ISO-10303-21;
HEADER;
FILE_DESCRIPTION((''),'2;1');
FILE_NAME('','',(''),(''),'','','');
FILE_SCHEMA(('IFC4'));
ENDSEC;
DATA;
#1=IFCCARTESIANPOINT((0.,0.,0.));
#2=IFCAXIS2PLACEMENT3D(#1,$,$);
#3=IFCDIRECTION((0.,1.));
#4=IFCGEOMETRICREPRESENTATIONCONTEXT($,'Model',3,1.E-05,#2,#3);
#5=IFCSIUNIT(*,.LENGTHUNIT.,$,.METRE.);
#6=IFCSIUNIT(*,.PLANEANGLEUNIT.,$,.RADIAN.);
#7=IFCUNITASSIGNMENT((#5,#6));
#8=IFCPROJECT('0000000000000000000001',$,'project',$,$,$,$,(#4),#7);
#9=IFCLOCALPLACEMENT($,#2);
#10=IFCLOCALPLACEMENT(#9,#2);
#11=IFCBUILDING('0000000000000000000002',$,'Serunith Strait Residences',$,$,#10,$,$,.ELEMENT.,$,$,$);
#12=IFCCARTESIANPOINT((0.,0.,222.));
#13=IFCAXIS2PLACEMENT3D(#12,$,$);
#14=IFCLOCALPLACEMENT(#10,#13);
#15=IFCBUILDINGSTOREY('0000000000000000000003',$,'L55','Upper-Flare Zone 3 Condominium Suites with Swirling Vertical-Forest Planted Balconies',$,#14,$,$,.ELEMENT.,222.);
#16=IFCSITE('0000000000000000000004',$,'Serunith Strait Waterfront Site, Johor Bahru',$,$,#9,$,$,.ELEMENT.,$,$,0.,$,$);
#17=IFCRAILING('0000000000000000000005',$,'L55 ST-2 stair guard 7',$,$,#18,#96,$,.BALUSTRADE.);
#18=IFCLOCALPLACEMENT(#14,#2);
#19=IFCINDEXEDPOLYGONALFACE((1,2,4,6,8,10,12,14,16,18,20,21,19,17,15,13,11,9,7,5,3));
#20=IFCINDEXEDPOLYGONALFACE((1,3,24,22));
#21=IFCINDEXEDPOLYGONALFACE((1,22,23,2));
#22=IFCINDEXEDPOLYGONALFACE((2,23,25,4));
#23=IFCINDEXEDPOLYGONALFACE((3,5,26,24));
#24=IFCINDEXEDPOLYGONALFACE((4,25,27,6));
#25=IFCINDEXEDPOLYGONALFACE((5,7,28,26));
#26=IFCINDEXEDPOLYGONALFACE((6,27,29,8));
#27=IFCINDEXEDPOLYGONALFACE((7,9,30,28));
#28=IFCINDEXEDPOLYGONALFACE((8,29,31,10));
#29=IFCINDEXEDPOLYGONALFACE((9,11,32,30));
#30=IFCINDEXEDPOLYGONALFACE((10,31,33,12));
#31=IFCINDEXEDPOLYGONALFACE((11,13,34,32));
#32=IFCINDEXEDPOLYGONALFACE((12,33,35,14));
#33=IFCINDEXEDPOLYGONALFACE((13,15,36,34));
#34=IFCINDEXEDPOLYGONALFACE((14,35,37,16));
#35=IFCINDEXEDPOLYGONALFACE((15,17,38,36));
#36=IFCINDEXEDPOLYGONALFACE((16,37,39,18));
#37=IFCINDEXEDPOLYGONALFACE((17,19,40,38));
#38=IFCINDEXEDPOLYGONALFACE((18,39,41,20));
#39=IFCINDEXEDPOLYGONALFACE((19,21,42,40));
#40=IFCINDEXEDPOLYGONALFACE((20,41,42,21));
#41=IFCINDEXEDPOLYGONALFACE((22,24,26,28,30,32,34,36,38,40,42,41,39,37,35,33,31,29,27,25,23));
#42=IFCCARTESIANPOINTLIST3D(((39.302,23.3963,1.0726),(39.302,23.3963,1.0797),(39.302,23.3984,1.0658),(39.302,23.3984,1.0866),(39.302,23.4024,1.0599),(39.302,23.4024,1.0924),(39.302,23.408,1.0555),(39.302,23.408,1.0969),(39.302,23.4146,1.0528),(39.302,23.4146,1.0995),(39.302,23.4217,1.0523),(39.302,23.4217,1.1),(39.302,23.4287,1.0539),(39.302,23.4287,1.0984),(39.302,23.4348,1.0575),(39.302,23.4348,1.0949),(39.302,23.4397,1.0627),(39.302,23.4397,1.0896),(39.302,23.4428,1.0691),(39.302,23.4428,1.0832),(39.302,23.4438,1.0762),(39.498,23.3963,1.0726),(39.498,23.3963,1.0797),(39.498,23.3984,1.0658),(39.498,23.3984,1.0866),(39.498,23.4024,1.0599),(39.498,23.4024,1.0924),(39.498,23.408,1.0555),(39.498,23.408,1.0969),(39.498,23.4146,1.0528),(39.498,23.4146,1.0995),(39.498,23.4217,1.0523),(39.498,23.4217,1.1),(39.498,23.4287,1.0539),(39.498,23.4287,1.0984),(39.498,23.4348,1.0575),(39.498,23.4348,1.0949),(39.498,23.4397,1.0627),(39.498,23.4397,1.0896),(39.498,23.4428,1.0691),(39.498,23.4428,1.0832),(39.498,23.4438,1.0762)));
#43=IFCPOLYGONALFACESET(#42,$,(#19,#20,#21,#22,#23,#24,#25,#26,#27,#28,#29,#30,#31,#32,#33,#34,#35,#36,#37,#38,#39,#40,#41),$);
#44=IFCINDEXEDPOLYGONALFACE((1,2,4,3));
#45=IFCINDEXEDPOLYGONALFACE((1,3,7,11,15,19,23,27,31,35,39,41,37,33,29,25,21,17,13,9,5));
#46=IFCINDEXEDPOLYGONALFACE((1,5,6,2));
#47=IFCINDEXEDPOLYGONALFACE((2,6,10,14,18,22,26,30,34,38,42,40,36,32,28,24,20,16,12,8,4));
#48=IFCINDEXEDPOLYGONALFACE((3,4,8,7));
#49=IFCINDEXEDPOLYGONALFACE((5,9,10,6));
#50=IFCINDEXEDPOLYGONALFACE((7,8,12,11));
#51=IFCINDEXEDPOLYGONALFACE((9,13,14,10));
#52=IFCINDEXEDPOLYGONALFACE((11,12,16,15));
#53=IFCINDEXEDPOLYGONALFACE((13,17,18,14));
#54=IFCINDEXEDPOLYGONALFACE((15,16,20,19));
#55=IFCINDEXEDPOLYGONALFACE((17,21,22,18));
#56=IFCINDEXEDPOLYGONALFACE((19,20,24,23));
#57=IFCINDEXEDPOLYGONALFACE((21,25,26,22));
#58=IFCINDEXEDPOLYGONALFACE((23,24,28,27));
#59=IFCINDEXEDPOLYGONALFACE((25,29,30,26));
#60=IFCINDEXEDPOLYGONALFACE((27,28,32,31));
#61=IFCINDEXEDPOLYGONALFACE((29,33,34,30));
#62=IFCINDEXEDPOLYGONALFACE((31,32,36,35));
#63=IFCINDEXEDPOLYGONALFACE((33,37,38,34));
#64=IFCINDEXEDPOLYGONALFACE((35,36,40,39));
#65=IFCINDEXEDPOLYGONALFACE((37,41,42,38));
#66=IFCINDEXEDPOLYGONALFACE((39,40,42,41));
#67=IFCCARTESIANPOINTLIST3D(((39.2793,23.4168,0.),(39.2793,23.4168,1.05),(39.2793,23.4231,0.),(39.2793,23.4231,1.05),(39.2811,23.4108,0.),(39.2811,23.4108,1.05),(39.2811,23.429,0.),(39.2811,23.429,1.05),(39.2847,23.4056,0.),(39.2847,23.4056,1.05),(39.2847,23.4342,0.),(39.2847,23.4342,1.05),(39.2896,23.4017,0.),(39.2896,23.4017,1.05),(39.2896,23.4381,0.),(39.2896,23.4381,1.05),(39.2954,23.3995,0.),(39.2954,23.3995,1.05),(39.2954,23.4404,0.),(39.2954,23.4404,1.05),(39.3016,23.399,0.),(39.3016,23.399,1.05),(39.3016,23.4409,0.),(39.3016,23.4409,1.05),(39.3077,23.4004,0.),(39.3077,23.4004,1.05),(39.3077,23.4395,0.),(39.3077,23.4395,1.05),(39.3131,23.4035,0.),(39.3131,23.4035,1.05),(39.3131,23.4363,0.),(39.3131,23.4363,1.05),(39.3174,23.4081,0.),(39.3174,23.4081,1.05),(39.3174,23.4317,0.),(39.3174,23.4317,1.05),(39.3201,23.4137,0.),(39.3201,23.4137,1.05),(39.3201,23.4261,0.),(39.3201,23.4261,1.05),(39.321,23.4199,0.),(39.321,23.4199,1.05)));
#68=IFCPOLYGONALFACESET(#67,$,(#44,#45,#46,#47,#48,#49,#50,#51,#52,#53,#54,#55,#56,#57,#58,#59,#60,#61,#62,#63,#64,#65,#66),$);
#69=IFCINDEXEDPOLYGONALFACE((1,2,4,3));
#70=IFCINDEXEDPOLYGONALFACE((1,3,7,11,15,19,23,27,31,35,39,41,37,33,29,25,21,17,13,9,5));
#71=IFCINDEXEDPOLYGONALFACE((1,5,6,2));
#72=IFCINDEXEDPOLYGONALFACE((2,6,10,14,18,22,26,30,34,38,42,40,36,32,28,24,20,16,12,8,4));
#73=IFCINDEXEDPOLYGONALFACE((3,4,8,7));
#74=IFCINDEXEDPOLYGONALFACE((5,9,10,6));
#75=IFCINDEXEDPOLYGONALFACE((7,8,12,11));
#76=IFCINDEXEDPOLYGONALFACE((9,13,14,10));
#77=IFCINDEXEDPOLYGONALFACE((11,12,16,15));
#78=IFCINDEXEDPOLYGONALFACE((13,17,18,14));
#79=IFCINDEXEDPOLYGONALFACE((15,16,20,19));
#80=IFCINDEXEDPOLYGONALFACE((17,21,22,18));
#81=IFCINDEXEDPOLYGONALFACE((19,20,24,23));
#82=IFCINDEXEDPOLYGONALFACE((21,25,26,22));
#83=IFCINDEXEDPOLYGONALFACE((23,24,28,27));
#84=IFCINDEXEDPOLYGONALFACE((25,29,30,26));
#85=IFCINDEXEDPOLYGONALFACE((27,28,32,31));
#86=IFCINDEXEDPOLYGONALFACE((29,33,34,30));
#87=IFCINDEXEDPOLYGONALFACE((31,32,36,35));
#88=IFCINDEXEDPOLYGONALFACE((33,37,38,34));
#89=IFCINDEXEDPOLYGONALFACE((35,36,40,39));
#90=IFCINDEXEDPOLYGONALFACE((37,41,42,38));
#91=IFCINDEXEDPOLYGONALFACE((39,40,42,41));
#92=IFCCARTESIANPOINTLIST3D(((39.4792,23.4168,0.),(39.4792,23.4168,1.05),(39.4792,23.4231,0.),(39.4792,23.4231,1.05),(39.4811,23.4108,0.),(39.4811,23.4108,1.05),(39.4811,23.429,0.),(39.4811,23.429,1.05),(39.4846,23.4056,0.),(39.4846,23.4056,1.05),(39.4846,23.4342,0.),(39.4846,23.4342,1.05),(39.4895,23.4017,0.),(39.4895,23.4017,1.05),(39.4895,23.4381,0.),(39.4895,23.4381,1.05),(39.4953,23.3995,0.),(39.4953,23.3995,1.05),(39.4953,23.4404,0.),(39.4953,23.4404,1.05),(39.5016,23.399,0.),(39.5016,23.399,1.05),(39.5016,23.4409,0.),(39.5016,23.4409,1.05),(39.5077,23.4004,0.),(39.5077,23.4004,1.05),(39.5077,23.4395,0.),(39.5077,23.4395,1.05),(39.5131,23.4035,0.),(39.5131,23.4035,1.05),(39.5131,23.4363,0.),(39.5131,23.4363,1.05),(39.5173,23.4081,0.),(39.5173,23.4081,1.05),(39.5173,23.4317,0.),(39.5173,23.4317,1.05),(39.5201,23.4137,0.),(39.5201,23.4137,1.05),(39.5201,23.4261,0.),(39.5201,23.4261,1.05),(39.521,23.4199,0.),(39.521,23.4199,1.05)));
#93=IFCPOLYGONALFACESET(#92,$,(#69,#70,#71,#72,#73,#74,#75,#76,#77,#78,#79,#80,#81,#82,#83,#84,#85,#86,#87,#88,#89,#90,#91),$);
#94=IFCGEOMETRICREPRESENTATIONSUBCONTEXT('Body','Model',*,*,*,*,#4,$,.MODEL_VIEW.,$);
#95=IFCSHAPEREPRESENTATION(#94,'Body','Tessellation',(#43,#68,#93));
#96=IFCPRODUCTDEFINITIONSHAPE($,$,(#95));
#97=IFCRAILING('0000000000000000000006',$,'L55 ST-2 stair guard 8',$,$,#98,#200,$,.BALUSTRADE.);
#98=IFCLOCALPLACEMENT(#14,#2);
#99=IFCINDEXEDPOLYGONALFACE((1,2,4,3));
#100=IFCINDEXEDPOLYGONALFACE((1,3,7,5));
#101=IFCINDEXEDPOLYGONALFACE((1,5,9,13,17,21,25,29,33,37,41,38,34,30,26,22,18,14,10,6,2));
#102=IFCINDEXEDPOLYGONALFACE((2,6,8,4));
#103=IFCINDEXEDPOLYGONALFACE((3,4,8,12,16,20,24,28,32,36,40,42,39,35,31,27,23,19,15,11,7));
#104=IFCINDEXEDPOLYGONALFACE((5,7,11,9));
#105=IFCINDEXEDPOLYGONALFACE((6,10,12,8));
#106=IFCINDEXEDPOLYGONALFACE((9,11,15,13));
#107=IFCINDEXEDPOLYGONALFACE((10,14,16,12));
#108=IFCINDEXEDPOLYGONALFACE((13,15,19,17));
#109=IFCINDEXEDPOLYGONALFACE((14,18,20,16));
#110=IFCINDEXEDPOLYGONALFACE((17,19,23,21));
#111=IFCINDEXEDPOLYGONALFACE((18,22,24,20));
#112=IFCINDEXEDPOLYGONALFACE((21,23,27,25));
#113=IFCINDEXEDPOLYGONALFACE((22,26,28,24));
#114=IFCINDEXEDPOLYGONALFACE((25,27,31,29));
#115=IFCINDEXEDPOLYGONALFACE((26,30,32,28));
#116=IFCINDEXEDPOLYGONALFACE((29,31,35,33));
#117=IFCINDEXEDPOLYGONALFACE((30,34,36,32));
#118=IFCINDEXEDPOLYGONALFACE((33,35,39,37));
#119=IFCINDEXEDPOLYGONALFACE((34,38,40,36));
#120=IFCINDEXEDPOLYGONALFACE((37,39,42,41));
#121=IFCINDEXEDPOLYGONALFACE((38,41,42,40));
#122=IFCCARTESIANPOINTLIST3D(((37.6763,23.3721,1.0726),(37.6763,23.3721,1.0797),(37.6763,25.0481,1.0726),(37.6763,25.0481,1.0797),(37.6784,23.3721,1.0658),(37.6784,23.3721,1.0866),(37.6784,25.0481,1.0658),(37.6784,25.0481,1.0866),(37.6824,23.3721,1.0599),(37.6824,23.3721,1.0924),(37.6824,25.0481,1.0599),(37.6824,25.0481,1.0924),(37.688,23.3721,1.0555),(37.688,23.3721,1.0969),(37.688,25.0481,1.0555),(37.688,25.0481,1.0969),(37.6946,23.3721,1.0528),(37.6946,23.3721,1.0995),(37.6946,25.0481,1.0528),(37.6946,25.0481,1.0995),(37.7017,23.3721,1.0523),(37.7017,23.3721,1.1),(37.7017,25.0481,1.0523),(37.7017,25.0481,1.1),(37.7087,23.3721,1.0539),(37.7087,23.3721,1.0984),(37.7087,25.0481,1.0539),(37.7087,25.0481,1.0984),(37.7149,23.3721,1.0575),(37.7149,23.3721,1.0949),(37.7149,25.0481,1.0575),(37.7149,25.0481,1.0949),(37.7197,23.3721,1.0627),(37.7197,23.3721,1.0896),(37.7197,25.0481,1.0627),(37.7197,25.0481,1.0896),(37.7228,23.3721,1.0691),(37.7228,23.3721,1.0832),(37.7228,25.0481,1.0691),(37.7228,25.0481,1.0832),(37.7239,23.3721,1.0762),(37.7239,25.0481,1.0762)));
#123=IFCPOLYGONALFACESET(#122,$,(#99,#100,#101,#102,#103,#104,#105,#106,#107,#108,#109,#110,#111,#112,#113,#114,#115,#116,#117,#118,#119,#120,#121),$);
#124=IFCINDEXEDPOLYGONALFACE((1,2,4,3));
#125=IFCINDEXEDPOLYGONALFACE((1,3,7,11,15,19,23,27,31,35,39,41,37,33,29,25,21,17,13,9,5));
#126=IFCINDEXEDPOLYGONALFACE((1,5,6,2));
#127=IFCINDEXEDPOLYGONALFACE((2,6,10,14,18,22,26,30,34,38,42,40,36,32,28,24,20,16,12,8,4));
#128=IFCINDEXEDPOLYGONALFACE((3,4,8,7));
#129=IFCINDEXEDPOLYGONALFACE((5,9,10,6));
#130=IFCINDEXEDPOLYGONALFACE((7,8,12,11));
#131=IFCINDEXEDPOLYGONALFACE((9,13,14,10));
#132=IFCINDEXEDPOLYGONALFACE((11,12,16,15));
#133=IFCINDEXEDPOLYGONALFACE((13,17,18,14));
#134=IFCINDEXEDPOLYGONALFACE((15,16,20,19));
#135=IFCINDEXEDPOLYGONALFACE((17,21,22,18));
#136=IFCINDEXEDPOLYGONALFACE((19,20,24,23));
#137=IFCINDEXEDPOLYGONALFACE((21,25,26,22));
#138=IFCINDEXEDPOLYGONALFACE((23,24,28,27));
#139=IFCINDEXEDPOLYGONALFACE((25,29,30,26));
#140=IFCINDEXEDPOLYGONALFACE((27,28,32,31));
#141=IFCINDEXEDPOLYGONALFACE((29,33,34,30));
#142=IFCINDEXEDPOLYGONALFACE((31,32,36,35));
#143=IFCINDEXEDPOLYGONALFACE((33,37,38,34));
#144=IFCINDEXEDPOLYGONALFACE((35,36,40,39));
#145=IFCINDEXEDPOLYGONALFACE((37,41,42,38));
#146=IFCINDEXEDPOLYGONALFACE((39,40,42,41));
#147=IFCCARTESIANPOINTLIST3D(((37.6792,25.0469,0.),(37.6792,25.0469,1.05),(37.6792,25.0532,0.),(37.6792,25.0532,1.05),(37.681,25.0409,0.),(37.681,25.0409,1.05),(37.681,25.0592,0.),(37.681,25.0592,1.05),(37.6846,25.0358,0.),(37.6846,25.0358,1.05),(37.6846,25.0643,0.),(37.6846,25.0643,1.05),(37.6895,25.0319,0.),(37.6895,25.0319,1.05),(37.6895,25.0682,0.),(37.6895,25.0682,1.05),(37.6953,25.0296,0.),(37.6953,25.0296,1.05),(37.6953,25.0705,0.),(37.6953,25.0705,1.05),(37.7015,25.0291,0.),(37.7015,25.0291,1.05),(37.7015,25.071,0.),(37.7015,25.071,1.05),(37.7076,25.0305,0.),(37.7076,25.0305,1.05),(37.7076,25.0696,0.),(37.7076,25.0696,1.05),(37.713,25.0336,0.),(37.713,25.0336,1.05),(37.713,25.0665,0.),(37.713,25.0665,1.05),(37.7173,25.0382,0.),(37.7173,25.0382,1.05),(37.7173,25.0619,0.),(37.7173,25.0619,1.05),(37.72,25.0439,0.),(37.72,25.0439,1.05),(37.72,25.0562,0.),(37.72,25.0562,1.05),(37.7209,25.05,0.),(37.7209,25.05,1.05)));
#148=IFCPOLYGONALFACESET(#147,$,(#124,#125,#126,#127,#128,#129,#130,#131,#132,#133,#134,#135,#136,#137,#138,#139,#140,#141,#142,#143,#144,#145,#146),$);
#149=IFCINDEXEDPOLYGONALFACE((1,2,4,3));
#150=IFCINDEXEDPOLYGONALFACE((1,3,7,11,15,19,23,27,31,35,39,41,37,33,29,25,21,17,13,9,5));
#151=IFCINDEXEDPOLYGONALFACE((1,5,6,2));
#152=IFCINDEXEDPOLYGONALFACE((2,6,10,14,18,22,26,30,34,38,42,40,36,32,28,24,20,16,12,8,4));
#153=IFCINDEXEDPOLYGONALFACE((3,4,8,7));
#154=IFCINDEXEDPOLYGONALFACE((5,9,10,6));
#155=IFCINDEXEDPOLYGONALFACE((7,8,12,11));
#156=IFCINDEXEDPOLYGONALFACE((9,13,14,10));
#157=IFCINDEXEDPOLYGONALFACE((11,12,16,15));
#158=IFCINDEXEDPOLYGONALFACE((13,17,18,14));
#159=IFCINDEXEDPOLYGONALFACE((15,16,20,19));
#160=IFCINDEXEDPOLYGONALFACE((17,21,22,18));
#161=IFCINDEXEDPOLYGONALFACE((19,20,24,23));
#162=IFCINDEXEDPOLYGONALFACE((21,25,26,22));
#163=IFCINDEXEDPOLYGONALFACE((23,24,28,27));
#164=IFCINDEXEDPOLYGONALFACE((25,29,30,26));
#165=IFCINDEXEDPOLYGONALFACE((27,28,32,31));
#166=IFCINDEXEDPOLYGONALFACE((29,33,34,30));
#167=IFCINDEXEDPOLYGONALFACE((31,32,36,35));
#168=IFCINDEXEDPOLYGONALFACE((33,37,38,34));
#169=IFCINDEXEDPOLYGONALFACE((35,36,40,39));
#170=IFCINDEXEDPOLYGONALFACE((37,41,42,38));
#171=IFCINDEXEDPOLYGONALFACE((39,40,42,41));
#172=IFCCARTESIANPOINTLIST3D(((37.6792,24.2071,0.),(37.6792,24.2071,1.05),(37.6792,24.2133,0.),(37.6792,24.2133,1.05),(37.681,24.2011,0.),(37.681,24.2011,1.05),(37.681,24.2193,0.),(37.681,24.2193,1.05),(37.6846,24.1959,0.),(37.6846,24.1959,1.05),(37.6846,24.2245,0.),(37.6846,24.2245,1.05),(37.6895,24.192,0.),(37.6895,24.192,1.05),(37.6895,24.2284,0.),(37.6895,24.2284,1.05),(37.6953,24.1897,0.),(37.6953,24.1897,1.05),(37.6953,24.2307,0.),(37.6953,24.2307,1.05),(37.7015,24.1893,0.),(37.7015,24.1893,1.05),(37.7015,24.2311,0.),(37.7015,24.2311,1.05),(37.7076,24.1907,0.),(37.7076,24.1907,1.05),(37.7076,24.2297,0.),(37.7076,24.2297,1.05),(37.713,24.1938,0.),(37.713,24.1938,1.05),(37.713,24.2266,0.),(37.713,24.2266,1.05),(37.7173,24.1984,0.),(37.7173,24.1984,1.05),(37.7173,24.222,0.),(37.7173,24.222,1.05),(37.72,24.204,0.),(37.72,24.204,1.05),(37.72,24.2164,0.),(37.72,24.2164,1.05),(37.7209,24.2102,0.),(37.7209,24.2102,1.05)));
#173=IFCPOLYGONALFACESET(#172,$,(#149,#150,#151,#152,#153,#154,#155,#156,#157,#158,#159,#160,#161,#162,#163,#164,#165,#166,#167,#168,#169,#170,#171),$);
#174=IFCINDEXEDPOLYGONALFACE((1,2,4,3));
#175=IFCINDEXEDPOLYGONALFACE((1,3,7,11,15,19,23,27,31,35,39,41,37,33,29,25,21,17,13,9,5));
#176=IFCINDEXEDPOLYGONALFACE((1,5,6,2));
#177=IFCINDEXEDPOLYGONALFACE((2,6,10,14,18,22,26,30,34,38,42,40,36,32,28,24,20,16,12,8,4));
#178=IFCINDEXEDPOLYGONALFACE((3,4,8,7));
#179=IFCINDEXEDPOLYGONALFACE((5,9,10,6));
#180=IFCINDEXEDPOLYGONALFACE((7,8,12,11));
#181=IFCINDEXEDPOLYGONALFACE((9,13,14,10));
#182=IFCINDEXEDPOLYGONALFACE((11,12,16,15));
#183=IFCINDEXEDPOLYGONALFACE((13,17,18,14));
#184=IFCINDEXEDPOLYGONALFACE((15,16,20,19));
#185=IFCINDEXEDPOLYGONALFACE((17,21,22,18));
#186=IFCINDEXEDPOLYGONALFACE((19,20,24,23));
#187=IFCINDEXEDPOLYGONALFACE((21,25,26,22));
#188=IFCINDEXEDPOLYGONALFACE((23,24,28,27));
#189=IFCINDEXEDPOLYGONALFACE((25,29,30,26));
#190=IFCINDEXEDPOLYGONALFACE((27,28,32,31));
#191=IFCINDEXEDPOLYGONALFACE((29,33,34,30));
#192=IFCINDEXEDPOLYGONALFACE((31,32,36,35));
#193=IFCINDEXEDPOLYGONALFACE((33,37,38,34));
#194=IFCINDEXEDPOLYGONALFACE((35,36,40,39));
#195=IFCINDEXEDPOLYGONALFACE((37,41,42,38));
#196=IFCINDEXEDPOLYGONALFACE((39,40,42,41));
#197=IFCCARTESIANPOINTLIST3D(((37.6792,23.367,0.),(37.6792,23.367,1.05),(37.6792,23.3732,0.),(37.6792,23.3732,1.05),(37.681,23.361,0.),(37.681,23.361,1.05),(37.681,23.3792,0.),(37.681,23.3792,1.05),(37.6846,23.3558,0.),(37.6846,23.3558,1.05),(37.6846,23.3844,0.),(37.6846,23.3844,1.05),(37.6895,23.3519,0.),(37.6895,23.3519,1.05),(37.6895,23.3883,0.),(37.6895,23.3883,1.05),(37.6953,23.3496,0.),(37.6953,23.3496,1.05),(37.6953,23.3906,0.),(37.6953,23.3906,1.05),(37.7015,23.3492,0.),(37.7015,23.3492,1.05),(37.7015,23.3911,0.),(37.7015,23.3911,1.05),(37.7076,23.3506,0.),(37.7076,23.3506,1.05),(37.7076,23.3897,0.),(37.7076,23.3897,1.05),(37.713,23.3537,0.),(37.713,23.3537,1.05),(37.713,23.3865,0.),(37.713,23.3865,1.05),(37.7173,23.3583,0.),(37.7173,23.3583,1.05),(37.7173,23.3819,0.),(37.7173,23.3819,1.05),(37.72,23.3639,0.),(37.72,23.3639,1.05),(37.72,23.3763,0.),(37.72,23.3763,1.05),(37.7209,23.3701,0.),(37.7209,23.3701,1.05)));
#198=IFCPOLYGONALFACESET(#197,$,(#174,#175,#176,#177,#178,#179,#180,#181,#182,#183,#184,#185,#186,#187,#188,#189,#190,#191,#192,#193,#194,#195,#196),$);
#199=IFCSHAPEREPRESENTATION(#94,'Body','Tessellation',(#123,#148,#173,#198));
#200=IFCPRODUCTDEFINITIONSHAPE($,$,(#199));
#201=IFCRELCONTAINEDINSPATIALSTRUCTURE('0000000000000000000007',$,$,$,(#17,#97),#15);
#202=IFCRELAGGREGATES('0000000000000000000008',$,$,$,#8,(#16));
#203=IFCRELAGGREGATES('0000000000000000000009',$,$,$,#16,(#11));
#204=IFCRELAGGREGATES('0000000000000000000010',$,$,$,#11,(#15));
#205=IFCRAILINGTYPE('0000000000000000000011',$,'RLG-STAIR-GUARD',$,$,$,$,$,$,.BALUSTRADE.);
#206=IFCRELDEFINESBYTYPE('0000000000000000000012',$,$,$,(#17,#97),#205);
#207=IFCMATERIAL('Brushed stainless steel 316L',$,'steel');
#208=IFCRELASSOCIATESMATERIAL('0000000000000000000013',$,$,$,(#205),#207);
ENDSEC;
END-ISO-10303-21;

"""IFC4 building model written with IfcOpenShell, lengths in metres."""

from ifc_helpers import new_model, si_unit, direction, frame, origin, origin_2d, place, context, subcontext, project, spatial, circle, extrude, material, type_object, element, save


model = new_model("IFC4")

# Units and contexts
model_context = context("Model", 3, precision=1e-05, world=origin(), true_north=direction((0.0, 1.0)))
body_context = subcontext(model_context, "Body", "Model", "MODEL_VIEW")
ifc_project = project(units=[si_unit("LENGTHUNIT", "METRE"), si_unit("PLANEANGLEUNIT", "RADIAN")], contexts=[model_context])

# Site, building, storey
site_placement = place(None, origin())
site = spatial("IfcSite", under=ifc_project, at=site_placement, Name="Serunith Strait Waterfront Site, Johor Bahru", CompositionType="ELEMENT", RefElevation=0.0)
building_placement = place(site_placement, origin())
building = spatial("IfcBuilding", under=site, at=building_placement, Name="Serunith Strait Residences", CompositionType="ELEMENT")
storey_placement = place(building_placement, frame((0.0, 0.0, 222.0)))
storey = spatial("IfcBuildingStorey", under=building, at=storey_placement, Name="L55", Description="Upper-Flare Zone 3 Condominium Suites with Swirling Vertical-Forest Planted Balconies", CompositionType="ELEMENT", Elevation=222.0)

# Railings
ifc_material_1 = material(Name="Brushed stainless steel 316L", Category="steel")
railing_type_1 = type_object("IfcRailingType", Name="RLG-STAIR-GUARD", PredefinedType="BALUSTRADE", material=ifc_material_1)
railing_1_placement = place(storey_placement, frame((39.3, 23.4199, 0.0)))
element("IfcRailing", 1, at=railing_1_placement, inside=storey, type_object=railing_type_1, Name="L55 ST-2 stair guard 7", PredefinedType="BALUSTRADE", context=body_context, shape_type="SweptSolid", body=[
    extrude(circle(Radius=0.0239, at=origin_2d()), frame((0.002, 0.0, 1.0762), z_axis=(1.0, 0.0, 0.0), x_axis=(0.0, 1.0, 0.0)), (0.0, 0.0, 1.0), 0.196),
    extrude(circle(Radius=0.021, at=origin_2d()), origin(), (0.0, 0.0, 1.0), 1.05),
    extrude(circle(Radius=0.021, at=origin_2d()), frame((0.2, 0.0, 0.0)), (0.0, 0.0, 1.0), 1.05),
])
railing_2_placement = place(storey_placement, frame((37.7, 25.05, 0.0)))
element("IfcRailing", 2, at=railing_2_placement, inside=storey, type_object=railing_type_1, Name="L55 ST-2 stair guard 8", PredefinedType="BALUSTRADE", context=body_context, shape_type="SweptSolid", body=[
    extrude(circle(Radius=0.0239, at=origin_2d()), frame((0.0, -0.002, 1.0762), z_axis=(0.0, -1.0, 0.0), x_axis=(1.0, 0.0, 0.0)), (0.0, 0.0, 1.0), 1.676),
    extrude(circle(Radius=0.021, at=origin_2d()), origin(), (0.0, 0.0, 1.0), 1.05),
    extrude(circle(Radius=0.021, at=origin_2d()), frame((0.0, -0.8398, 0.0)), (0.0, 0.0, 1.0), 1.05),
    extrude(circle(Radius=0.021, at=origin_2d()), frame((0.0, -1.6799, 0.0)), (0.0, 0.0, 1.0), 1.05),
])

save(model, "model.ifc")
